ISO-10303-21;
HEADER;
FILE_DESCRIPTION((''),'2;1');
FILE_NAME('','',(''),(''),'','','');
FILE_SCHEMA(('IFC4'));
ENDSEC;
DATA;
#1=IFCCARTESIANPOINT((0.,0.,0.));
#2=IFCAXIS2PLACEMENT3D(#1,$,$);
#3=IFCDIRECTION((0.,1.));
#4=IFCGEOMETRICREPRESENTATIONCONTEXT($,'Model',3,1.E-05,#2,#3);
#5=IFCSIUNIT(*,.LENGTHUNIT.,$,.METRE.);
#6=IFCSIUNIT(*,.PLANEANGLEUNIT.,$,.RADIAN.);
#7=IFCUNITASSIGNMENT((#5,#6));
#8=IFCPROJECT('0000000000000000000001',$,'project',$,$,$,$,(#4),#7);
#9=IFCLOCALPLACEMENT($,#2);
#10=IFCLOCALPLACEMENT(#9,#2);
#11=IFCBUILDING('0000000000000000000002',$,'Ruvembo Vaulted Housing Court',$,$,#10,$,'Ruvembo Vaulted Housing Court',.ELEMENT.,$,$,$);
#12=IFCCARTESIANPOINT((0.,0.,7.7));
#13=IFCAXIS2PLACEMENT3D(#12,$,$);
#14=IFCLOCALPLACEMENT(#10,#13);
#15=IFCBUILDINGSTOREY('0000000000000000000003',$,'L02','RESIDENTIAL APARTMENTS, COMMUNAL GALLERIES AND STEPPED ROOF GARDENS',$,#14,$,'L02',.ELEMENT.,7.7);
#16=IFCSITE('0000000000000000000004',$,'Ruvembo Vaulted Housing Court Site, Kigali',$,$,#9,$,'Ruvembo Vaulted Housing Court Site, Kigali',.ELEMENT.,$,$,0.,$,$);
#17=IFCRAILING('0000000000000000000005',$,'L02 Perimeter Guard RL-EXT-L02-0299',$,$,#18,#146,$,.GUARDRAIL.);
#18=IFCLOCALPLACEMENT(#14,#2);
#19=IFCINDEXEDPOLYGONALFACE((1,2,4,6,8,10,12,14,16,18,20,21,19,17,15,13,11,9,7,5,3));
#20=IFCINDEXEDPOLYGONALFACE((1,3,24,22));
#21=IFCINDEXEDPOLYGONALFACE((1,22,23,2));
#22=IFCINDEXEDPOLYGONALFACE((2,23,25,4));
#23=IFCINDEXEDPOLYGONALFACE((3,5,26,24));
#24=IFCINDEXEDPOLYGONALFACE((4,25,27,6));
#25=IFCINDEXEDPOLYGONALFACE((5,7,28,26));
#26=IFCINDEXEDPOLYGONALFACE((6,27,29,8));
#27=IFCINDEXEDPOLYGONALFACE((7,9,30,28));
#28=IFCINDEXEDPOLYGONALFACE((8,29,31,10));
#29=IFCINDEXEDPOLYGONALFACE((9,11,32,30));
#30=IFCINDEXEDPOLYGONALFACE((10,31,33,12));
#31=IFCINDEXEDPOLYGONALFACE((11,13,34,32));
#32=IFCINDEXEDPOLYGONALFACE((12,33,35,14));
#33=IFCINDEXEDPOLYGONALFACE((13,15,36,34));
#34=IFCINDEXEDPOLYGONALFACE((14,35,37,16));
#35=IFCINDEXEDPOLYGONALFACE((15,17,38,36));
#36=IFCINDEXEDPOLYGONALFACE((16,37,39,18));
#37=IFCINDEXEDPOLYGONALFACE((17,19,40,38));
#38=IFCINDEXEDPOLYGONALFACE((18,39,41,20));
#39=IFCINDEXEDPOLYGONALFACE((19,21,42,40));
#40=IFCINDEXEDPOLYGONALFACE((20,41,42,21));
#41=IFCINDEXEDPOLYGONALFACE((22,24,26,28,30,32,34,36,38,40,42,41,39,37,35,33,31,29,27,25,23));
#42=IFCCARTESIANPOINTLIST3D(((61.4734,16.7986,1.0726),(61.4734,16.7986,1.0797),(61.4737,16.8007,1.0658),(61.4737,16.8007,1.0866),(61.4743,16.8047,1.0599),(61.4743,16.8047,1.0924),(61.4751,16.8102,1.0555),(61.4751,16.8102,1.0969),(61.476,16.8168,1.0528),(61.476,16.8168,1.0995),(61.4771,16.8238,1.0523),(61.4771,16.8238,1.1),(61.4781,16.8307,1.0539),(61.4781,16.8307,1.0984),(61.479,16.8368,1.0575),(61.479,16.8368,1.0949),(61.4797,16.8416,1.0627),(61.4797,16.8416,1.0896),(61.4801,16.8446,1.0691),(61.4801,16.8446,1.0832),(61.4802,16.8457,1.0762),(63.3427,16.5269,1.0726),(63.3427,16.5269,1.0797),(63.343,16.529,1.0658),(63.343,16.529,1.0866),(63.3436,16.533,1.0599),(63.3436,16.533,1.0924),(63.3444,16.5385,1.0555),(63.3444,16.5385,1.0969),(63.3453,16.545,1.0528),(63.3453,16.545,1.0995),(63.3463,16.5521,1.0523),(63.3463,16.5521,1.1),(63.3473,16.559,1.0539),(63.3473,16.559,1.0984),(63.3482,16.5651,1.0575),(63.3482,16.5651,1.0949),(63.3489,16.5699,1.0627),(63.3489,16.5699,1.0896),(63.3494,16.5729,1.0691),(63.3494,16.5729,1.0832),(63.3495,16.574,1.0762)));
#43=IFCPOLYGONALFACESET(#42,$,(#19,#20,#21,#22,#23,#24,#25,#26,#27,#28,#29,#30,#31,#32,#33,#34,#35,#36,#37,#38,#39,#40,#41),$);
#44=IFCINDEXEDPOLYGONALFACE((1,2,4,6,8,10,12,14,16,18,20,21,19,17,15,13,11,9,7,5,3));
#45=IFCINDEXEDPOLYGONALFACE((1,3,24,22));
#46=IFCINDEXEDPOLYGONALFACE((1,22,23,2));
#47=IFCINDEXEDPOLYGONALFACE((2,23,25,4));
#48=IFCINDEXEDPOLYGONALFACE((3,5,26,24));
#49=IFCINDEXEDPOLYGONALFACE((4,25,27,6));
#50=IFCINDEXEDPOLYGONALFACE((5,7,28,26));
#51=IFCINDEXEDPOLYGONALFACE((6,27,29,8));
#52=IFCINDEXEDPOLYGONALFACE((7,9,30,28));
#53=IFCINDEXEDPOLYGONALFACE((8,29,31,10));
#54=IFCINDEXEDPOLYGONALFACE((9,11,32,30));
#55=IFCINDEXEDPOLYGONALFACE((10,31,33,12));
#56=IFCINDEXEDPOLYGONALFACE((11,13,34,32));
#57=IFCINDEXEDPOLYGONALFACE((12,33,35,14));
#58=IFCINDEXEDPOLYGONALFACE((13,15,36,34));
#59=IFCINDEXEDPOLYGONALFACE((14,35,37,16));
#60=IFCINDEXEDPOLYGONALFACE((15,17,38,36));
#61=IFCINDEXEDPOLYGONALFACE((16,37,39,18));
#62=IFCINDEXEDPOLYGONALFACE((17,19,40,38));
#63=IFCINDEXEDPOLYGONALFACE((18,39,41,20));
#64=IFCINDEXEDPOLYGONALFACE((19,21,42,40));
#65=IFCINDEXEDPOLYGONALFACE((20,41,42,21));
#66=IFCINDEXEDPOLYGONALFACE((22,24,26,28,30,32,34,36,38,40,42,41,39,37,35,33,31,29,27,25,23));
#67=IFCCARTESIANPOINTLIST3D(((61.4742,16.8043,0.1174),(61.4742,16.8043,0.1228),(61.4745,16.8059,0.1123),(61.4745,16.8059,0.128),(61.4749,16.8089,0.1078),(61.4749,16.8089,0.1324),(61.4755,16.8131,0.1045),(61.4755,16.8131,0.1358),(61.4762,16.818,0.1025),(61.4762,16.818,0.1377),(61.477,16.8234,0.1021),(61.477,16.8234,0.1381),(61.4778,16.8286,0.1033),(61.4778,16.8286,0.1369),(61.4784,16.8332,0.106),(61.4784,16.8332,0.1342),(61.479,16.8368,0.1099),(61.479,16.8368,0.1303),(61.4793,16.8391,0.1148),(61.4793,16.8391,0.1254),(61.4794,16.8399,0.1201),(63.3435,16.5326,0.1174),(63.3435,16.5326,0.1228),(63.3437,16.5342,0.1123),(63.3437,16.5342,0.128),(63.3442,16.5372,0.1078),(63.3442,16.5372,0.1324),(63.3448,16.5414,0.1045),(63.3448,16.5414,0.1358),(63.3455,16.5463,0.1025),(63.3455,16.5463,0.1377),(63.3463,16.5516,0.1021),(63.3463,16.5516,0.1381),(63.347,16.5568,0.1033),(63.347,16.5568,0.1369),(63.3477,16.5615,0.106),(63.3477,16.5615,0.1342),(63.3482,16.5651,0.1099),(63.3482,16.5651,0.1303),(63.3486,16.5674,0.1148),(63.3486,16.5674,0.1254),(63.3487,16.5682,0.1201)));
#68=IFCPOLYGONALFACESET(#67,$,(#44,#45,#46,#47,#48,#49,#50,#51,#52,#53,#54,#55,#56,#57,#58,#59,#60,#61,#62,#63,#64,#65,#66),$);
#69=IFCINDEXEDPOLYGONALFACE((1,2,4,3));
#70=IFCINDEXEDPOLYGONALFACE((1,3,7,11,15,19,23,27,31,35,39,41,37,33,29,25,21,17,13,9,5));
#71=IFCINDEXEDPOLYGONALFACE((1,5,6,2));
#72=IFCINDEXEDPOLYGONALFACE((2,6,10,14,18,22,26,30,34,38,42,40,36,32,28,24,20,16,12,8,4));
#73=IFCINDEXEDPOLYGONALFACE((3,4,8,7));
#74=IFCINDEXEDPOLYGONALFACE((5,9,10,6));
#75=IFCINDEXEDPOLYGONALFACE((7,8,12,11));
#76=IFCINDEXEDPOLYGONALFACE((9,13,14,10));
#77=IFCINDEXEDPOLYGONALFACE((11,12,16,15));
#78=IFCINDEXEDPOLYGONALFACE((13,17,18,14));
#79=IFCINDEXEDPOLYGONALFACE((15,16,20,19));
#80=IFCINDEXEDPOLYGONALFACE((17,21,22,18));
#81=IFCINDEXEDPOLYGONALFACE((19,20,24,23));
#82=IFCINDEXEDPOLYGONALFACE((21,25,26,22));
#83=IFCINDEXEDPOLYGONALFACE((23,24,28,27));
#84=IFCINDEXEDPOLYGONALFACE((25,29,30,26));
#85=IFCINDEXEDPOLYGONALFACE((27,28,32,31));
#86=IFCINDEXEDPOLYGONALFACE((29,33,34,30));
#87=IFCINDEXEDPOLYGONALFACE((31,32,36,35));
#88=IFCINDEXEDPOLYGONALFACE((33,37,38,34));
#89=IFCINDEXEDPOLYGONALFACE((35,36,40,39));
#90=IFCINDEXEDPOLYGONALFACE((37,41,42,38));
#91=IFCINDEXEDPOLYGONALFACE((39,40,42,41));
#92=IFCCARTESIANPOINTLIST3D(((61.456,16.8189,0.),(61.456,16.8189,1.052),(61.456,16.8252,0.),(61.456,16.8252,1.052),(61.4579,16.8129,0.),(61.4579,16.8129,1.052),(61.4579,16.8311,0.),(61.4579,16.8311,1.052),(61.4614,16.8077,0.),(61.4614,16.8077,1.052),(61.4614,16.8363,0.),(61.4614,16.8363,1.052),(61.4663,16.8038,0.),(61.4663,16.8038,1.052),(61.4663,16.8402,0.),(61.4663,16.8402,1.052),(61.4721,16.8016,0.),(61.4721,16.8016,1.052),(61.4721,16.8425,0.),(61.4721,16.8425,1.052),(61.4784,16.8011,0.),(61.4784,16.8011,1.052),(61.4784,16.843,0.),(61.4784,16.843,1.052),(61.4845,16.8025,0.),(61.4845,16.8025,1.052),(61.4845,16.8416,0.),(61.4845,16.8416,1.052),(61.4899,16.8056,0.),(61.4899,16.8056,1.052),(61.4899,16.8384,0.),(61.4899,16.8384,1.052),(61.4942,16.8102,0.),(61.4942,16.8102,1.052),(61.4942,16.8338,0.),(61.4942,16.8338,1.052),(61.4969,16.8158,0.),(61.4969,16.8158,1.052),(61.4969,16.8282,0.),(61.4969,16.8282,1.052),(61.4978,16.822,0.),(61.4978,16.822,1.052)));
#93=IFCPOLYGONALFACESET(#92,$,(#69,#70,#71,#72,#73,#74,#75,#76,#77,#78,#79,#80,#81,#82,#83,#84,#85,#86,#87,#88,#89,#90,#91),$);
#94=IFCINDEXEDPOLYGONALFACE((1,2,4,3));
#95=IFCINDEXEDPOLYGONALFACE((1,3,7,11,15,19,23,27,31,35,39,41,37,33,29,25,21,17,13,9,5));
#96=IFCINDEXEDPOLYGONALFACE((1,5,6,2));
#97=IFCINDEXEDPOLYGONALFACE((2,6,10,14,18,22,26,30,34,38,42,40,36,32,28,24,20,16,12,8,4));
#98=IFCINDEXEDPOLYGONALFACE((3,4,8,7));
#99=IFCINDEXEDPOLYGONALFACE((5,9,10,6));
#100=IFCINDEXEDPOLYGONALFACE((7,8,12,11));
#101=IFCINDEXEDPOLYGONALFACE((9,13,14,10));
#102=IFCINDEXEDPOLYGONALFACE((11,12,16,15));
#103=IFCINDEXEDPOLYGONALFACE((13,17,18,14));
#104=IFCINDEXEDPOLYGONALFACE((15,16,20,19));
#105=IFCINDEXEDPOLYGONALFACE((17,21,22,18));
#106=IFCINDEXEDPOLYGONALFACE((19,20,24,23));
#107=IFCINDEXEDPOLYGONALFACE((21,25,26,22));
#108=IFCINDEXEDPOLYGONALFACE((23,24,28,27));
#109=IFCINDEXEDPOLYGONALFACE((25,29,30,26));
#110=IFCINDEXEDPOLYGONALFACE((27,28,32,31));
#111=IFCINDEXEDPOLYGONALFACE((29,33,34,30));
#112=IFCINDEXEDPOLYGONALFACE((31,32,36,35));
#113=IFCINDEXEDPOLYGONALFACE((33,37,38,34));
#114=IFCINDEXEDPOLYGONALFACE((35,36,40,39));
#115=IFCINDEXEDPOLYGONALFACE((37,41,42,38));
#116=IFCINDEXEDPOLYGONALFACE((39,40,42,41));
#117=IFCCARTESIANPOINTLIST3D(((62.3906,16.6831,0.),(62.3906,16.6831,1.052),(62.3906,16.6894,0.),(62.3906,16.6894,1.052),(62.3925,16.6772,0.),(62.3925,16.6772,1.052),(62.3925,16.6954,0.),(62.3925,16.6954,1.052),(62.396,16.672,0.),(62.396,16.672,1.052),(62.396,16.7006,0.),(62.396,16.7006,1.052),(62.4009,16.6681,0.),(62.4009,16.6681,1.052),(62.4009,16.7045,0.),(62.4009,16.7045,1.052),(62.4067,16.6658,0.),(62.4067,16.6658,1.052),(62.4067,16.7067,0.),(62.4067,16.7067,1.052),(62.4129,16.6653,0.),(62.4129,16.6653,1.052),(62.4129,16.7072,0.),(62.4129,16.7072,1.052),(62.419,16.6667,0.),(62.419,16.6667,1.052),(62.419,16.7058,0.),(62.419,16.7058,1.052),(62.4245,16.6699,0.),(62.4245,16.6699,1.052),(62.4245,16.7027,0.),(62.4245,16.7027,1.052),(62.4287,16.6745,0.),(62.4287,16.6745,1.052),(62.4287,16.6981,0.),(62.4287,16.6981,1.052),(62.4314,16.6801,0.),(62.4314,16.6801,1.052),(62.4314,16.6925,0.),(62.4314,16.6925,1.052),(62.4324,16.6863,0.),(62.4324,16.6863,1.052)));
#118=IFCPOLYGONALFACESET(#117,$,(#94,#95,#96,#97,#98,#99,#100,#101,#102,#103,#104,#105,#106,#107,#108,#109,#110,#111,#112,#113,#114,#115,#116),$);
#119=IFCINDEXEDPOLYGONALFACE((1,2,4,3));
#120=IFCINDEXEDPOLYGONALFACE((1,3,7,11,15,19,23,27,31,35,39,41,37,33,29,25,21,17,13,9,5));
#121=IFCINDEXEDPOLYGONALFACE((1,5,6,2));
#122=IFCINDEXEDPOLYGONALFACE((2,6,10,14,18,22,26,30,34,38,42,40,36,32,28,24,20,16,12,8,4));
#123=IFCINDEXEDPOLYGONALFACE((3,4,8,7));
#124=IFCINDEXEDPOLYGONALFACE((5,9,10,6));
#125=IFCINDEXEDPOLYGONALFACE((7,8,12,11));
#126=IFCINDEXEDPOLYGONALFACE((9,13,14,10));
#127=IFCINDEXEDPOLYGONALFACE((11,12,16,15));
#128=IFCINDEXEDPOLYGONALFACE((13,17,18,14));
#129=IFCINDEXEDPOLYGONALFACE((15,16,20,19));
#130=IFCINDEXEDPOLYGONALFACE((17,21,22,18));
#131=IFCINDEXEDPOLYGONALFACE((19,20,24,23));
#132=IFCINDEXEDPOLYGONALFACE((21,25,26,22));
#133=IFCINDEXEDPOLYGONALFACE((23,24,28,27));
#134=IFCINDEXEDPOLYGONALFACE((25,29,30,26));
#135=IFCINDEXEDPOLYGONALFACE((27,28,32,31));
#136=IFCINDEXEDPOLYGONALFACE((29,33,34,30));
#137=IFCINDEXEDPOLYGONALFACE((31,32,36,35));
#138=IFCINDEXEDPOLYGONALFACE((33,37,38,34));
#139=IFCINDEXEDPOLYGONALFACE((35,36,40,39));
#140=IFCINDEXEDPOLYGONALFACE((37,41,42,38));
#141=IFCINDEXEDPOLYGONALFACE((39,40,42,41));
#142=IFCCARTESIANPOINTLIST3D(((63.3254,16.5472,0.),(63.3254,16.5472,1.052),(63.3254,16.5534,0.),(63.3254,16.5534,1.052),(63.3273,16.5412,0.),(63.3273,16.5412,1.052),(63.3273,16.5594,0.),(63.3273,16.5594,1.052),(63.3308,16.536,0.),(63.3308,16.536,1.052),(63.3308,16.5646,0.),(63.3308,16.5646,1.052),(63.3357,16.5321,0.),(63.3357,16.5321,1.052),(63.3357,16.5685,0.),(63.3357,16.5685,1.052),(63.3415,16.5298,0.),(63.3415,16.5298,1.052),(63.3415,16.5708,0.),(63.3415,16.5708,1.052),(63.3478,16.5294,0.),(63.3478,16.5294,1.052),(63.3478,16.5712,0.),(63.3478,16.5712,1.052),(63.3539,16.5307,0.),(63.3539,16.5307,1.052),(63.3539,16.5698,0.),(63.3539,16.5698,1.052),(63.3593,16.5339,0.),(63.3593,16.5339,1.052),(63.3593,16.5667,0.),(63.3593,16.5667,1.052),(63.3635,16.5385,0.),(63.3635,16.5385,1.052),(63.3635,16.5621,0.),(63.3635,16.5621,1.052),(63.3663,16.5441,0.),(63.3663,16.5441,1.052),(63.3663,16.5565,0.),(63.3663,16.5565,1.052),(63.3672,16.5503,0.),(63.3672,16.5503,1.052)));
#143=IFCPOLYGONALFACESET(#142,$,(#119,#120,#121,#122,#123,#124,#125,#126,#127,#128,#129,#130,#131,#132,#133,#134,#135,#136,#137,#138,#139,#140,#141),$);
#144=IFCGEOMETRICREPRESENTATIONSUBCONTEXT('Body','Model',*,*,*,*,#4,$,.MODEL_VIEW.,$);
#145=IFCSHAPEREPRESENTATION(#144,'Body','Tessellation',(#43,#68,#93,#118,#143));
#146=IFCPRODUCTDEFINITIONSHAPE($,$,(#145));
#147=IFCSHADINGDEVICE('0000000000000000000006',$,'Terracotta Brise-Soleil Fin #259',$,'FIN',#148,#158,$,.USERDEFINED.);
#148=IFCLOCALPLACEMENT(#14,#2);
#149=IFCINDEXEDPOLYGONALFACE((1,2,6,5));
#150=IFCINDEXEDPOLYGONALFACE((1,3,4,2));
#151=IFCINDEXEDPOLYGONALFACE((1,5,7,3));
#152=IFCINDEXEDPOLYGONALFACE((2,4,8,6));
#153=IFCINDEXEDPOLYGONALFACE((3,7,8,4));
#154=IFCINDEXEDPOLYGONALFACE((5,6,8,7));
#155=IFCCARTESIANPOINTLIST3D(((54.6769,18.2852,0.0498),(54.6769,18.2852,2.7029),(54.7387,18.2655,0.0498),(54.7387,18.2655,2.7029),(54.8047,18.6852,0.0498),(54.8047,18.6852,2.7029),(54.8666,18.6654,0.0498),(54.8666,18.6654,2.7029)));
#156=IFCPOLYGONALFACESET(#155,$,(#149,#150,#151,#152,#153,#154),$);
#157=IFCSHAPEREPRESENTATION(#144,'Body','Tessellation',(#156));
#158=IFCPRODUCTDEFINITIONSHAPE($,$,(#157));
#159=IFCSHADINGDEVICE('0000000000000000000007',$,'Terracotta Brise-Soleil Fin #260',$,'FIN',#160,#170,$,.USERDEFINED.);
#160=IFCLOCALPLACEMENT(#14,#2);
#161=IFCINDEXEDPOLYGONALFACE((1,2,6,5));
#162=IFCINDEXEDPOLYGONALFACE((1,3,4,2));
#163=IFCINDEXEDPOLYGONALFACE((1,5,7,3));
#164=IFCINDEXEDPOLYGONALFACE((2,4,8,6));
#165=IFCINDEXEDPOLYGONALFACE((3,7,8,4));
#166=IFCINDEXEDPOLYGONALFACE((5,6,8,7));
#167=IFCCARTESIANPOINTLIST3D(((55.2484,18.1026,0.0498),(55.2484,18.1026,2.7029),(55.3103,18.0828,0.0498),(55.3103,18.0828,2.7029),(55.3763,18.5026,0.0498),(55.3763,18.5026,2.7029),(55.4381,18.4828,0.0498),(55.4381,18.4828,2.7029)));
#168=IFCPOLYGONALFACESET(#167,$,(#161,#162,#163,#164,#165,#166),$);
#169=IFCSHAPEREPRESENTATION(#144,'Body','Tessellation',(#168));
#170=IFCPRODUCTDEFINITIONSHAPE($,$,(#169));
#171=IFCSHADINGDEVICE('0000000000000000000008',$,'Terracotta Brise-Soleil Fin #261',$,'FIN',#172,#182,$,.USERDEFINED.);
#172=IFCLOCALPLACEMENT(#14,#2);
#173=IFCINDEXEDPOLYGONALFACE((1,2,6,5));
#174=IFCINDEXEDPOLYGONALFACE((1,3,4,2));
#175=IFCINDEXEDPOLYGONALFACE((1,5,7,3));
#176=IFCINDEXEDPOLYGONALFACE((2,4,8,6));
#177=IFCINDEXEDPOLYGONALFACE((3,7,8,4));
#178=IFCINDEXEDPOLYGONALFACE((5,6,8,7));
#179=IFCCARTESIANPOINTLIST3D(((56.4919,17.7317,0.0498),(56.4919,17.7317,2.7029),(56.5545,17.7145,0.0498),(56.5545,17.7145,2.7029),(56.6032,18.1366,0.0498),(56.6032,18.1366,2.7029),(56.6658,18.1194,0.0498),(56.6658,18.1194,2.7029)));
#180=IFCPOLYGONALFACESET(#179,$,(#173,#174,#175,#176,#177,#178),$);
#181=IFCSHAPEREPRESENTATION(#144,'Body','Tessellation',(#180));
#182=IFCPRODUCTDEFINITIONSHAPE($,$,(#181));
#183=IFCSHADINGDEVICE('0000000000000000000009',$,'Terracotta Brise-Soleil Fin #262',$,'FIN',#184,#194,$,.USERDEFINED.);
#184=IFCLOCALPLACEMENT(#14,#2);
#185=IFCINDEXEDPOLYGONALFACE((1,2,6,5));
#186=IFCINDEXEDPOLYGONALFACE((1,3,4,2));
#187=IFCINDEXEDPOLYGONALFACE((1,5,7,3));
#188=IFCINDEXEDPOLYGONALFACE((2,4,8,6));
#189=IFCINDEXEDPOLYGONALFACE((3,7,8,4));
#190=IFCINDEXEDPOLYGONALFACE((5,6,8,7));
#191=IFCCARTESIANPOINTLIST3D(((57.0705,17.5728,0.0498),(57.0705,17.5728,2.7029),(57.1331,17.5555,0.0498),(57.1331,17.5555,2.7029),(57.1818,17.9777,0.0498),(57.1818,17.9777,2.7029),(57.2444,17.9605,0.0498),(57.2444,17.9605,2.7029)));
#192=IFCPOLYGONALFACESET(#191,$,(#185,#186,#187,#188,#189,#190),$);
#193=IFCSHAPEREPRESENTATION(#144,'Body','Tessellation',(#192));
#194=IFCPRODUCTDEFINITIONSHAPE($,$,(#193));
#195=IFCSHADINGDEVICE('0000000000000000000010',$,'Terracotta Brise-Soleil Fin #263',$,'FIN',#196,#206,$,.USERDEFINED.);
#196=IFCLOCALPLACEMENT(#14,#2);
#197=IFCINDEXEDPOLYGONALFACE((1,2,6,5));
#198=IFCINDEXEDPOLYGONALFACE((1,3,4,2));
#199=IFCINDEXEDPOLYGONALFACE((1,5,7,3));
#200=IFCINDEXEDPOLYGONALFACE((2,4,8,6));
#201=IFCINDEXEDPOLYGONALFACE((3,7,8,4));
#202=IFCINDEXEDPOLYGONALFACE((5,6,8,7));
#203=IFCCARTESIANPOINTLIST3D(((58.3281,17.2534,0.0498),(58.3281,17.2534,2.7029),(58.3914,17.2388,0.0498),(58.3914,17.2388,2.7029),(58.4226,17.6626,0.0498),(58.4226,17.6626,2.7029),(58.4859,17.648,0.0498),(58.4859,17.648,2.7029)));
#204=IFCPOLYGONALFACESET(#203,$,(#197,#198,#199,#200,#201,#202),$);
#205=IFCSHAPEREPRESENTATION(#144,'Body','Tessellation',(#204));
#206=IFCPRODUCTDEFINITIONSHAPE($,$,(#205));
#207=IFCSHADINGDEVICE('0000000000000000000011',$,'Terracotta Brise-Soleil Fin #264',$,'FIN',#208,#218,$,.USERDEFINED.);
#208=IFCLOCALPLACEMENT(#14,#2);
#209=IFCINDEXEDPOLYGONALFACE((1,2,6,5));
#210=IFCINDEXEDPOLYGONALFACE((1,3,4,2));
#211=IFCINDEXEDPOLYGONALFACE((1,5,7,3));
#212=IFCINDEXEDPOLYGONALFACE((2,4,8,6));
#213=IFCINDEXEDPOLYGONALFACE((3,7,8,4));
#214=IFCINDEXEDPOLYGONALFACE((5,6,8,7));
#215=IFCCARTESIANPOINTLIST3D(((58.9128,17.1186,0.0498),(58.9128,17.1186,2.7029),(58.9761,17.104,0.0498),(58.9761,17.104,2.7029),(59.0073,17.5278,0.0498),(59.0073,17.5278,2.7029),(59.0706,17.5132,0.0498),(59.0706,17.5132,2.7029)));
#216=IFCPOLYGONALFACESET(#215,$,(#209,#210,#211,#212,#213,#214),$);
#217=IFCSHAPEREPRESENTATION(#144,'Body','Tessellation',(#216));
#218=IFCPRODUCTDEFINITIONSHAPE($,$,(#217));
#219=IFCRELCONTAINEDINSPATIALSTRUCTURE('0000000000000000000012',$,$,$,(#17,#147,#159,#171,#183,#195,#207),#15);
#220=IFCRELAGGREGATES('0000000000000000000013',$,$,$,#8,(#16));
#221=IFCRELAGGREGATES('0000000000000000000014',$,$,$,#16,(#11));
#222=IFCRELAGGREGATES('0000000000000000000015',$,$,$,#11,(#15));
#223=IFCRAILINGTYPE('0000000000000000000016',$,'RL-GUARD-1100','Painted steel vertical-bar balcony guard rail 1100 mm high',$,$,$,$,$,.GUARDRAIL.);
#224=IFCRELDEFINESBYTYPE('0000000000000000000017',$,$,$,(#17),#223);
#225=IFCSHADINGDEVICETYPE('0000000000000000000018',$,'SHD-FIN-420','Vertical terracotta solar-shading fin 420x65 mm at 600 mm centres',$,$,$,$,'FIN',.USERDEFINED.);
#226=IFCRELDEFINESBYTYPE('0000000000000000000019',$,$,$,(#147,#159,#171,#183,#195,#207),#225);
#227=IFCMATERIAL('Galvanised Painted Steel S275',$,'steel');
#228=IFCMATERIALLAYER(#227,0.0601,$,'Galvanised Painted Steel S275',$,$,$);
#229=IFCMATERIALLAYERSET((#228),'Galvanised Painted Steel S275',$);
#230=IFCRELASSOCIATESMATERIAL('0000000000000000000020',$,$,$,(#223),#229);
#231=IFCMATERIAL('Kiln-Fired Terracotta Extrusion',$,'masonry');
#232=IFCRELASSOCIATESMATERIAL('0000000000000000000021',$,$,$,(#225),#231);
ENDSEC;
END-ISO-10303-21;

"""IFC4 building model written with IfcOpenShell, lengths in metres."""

from ifc_helpers import new_model, si_unit, direction, frame, origin, origin_2d, place, context, subcontext, project, spatial, rectangle, circle, extrude, material, layer, layer_set, type_object, element, save


model = new_model("IFC4")

# Units and contexts
model_context = context("Model", 3, precision=1e-05, world=origin(), true_north=direction((0.0, 1.0)))
body_context = subcontext(model_context, "Body", "Model", "MODEL_VIEW")
ifc_project = project(units=[si_unit("LENGTHUNIT", "METRE"), si_unit("PLANEANGLEUNIT", "RADIAN")], contexts=[model_context])

# Site, building, storey
site_placement = place(None, origin())
site = spatial("IfcSite", under=ifc_project, at=site_placement, Name="Ruvembo Vaulted Housing Court Site, Kigali", LongName="Ruvembo Vaulted Housing Court Site, Kigali", CompositionType="ELEMENT", RefElevation=0.0)
building_placement = place(site_placement, origin())
building = spatial("IfcBuilding", under=site, at=building_placement, Name="Ruvembo Vaulted Housing Court", LongName="Ruvembo Vaulted Housing Court", CompositionType="ELEMENT")
storey_placement = place(building_placement, frame((0.0, 0.0, 7.7)))
storey = spatial("IfcBuildingStorey", under=building, at=storey_placement, Name="L02", Description="RESIDENTIAL APARTMENTS, COMMUNAL GALLERIES AND STEPPED ROOF GARDENS", LongName="L02", CompositionType="ELEMENT", Elevation=7.7)

# Railing
ifc_material_1 = material(Name="Galvanised Painted Steel S275", Category="steel")
ifc_layer = layer(ifc_material_1, 0.0601, Name="Galvanised Painted Steel S275")
ifc_layer_set = layer_set([ifc_layer], Name="Galvanised Painted Steel S275")
railing_type = type_object("IfcRailingType", Name="RL-GUARD-1100", Description="Painted steel vertical-bar balcony guard rail 1100 mm high", PredefinedType="GUARDRAIL", material=ifc_layer_set)
railing_1_placement = place(storey_placement, frame((61.4768, 16.822, 0.0)))
element("IfcRailing", 1, at=railing_1_placement, inside=storey, type_object=railing_type, Name="L02 Perimeter Guard RL-EXT-L02-0299", PredefinedType="GUARDRAIL", context=body_context, shape_type="SweptSolid", body=[
    extrude(circle(Radius=0.0239, at=origin_2d()), frame((0.0, 0.0, 1.0762), z_axis=(0.9896, -0.143845, 0.0), x_axis=(0.143845, 0.9896, 0.0)), (0.0, 0.0, 1.0), 1.8889),
    extrude(circle(Radius=0.0181, at=origin_2d()), frame((0.0, 0.0, 0.1201), z_axis=(0.9896, -0.143845, 0.0), x_axis=(0.143845, 0.9896, 0.0)), (0.0, 0.0, 1.0), 1.8889),
    extrude(circle(Radius=0.021, at=origin_2d()), origin(), (0.0, 0.0, 1.0), 1.052),
    extrude(circle(Radius=0.021, at=origin_2d()), frame((0.9346, -0.1357, 0.0)), (0.0, 0.0, 1.0), 1.052),
    extrude(circle(Radius=0.021, at=origin_2d()), frame((1.8694, -0.2717, 0.0)), (0.0, 0.0, 1.0), 1.052),
])

# Shading devices
ifc_material_2 = material(Name="Kiln-Fired Terracotta Extrusion", Category="masonry")
shading_device_type = type_object("IfcShadingDeviceType", Name="SHD-FIN-420", Description="Vertical terracotta solar-shading fin 420x65 mm at 600 mm centres", ElementType="FIN", PredefinedType="USERDEFINED", material=ifc_material_2)
for number, where, z_axis, x_axis, name in (
    (2, (54.7717, 18.4753, 0.0498), (0.0, 0.0, 1.0), (-0.304449, -0.952529, 0.0), "Terracotta Brise-Soleil Fin #259"),
    (3, (55.3433, 18.2927, 0.0498), (0.0, 0.0, 1.0), (-0.304449, -0.952529, 0.0), "Terracotta Brise-Soleil Fin #260"),
    (4, (56.5789, 17.9255, 0.0498), (0.0, 0.0, 1.0), (-0.264984, -0.964253, 0.0), "Terracotta Brise-Soleil Fin #261"),
    (5, (57.1575, 17.7666, 0.0498), (0.0, 0.0, 1.0), (-0.264984, -0.964253, 0.0), "Terracotta Brise-Soleil Fin #262"),
    (6, (58.407, 17.4507, 0.0498), (0.0, 0.0, 1.0), (-0.224951, -0.97437, 0.0), "Terracotta Brise-Soleil Fin #263"),
    (7, (58.9917, 17.3159, 0.0498), (0.0, 0.0, 1.0), (-0.224951, -0.97437, 0.0), "Terracotta Brise-Soleil Fin #264"),
):
    element("IfcShadingDevice", number, at=place(storey_placement, frame(where, z_axis=z_axis, x_axis=x_axis)), inside=storey, type_object=shading_device_type, Name=name, ObjectType="FIN", PredefinedType="USERDEFINED", context=body_context, shape_type="SweptSolid", body=[
        extrude(rectangle(XDim=0.4199, YDim=0.0649, at=origin_2d()), origin(), (0.0, 0.0, 1.0), 2.6531),
    ])

save(model, "model.ifc")
